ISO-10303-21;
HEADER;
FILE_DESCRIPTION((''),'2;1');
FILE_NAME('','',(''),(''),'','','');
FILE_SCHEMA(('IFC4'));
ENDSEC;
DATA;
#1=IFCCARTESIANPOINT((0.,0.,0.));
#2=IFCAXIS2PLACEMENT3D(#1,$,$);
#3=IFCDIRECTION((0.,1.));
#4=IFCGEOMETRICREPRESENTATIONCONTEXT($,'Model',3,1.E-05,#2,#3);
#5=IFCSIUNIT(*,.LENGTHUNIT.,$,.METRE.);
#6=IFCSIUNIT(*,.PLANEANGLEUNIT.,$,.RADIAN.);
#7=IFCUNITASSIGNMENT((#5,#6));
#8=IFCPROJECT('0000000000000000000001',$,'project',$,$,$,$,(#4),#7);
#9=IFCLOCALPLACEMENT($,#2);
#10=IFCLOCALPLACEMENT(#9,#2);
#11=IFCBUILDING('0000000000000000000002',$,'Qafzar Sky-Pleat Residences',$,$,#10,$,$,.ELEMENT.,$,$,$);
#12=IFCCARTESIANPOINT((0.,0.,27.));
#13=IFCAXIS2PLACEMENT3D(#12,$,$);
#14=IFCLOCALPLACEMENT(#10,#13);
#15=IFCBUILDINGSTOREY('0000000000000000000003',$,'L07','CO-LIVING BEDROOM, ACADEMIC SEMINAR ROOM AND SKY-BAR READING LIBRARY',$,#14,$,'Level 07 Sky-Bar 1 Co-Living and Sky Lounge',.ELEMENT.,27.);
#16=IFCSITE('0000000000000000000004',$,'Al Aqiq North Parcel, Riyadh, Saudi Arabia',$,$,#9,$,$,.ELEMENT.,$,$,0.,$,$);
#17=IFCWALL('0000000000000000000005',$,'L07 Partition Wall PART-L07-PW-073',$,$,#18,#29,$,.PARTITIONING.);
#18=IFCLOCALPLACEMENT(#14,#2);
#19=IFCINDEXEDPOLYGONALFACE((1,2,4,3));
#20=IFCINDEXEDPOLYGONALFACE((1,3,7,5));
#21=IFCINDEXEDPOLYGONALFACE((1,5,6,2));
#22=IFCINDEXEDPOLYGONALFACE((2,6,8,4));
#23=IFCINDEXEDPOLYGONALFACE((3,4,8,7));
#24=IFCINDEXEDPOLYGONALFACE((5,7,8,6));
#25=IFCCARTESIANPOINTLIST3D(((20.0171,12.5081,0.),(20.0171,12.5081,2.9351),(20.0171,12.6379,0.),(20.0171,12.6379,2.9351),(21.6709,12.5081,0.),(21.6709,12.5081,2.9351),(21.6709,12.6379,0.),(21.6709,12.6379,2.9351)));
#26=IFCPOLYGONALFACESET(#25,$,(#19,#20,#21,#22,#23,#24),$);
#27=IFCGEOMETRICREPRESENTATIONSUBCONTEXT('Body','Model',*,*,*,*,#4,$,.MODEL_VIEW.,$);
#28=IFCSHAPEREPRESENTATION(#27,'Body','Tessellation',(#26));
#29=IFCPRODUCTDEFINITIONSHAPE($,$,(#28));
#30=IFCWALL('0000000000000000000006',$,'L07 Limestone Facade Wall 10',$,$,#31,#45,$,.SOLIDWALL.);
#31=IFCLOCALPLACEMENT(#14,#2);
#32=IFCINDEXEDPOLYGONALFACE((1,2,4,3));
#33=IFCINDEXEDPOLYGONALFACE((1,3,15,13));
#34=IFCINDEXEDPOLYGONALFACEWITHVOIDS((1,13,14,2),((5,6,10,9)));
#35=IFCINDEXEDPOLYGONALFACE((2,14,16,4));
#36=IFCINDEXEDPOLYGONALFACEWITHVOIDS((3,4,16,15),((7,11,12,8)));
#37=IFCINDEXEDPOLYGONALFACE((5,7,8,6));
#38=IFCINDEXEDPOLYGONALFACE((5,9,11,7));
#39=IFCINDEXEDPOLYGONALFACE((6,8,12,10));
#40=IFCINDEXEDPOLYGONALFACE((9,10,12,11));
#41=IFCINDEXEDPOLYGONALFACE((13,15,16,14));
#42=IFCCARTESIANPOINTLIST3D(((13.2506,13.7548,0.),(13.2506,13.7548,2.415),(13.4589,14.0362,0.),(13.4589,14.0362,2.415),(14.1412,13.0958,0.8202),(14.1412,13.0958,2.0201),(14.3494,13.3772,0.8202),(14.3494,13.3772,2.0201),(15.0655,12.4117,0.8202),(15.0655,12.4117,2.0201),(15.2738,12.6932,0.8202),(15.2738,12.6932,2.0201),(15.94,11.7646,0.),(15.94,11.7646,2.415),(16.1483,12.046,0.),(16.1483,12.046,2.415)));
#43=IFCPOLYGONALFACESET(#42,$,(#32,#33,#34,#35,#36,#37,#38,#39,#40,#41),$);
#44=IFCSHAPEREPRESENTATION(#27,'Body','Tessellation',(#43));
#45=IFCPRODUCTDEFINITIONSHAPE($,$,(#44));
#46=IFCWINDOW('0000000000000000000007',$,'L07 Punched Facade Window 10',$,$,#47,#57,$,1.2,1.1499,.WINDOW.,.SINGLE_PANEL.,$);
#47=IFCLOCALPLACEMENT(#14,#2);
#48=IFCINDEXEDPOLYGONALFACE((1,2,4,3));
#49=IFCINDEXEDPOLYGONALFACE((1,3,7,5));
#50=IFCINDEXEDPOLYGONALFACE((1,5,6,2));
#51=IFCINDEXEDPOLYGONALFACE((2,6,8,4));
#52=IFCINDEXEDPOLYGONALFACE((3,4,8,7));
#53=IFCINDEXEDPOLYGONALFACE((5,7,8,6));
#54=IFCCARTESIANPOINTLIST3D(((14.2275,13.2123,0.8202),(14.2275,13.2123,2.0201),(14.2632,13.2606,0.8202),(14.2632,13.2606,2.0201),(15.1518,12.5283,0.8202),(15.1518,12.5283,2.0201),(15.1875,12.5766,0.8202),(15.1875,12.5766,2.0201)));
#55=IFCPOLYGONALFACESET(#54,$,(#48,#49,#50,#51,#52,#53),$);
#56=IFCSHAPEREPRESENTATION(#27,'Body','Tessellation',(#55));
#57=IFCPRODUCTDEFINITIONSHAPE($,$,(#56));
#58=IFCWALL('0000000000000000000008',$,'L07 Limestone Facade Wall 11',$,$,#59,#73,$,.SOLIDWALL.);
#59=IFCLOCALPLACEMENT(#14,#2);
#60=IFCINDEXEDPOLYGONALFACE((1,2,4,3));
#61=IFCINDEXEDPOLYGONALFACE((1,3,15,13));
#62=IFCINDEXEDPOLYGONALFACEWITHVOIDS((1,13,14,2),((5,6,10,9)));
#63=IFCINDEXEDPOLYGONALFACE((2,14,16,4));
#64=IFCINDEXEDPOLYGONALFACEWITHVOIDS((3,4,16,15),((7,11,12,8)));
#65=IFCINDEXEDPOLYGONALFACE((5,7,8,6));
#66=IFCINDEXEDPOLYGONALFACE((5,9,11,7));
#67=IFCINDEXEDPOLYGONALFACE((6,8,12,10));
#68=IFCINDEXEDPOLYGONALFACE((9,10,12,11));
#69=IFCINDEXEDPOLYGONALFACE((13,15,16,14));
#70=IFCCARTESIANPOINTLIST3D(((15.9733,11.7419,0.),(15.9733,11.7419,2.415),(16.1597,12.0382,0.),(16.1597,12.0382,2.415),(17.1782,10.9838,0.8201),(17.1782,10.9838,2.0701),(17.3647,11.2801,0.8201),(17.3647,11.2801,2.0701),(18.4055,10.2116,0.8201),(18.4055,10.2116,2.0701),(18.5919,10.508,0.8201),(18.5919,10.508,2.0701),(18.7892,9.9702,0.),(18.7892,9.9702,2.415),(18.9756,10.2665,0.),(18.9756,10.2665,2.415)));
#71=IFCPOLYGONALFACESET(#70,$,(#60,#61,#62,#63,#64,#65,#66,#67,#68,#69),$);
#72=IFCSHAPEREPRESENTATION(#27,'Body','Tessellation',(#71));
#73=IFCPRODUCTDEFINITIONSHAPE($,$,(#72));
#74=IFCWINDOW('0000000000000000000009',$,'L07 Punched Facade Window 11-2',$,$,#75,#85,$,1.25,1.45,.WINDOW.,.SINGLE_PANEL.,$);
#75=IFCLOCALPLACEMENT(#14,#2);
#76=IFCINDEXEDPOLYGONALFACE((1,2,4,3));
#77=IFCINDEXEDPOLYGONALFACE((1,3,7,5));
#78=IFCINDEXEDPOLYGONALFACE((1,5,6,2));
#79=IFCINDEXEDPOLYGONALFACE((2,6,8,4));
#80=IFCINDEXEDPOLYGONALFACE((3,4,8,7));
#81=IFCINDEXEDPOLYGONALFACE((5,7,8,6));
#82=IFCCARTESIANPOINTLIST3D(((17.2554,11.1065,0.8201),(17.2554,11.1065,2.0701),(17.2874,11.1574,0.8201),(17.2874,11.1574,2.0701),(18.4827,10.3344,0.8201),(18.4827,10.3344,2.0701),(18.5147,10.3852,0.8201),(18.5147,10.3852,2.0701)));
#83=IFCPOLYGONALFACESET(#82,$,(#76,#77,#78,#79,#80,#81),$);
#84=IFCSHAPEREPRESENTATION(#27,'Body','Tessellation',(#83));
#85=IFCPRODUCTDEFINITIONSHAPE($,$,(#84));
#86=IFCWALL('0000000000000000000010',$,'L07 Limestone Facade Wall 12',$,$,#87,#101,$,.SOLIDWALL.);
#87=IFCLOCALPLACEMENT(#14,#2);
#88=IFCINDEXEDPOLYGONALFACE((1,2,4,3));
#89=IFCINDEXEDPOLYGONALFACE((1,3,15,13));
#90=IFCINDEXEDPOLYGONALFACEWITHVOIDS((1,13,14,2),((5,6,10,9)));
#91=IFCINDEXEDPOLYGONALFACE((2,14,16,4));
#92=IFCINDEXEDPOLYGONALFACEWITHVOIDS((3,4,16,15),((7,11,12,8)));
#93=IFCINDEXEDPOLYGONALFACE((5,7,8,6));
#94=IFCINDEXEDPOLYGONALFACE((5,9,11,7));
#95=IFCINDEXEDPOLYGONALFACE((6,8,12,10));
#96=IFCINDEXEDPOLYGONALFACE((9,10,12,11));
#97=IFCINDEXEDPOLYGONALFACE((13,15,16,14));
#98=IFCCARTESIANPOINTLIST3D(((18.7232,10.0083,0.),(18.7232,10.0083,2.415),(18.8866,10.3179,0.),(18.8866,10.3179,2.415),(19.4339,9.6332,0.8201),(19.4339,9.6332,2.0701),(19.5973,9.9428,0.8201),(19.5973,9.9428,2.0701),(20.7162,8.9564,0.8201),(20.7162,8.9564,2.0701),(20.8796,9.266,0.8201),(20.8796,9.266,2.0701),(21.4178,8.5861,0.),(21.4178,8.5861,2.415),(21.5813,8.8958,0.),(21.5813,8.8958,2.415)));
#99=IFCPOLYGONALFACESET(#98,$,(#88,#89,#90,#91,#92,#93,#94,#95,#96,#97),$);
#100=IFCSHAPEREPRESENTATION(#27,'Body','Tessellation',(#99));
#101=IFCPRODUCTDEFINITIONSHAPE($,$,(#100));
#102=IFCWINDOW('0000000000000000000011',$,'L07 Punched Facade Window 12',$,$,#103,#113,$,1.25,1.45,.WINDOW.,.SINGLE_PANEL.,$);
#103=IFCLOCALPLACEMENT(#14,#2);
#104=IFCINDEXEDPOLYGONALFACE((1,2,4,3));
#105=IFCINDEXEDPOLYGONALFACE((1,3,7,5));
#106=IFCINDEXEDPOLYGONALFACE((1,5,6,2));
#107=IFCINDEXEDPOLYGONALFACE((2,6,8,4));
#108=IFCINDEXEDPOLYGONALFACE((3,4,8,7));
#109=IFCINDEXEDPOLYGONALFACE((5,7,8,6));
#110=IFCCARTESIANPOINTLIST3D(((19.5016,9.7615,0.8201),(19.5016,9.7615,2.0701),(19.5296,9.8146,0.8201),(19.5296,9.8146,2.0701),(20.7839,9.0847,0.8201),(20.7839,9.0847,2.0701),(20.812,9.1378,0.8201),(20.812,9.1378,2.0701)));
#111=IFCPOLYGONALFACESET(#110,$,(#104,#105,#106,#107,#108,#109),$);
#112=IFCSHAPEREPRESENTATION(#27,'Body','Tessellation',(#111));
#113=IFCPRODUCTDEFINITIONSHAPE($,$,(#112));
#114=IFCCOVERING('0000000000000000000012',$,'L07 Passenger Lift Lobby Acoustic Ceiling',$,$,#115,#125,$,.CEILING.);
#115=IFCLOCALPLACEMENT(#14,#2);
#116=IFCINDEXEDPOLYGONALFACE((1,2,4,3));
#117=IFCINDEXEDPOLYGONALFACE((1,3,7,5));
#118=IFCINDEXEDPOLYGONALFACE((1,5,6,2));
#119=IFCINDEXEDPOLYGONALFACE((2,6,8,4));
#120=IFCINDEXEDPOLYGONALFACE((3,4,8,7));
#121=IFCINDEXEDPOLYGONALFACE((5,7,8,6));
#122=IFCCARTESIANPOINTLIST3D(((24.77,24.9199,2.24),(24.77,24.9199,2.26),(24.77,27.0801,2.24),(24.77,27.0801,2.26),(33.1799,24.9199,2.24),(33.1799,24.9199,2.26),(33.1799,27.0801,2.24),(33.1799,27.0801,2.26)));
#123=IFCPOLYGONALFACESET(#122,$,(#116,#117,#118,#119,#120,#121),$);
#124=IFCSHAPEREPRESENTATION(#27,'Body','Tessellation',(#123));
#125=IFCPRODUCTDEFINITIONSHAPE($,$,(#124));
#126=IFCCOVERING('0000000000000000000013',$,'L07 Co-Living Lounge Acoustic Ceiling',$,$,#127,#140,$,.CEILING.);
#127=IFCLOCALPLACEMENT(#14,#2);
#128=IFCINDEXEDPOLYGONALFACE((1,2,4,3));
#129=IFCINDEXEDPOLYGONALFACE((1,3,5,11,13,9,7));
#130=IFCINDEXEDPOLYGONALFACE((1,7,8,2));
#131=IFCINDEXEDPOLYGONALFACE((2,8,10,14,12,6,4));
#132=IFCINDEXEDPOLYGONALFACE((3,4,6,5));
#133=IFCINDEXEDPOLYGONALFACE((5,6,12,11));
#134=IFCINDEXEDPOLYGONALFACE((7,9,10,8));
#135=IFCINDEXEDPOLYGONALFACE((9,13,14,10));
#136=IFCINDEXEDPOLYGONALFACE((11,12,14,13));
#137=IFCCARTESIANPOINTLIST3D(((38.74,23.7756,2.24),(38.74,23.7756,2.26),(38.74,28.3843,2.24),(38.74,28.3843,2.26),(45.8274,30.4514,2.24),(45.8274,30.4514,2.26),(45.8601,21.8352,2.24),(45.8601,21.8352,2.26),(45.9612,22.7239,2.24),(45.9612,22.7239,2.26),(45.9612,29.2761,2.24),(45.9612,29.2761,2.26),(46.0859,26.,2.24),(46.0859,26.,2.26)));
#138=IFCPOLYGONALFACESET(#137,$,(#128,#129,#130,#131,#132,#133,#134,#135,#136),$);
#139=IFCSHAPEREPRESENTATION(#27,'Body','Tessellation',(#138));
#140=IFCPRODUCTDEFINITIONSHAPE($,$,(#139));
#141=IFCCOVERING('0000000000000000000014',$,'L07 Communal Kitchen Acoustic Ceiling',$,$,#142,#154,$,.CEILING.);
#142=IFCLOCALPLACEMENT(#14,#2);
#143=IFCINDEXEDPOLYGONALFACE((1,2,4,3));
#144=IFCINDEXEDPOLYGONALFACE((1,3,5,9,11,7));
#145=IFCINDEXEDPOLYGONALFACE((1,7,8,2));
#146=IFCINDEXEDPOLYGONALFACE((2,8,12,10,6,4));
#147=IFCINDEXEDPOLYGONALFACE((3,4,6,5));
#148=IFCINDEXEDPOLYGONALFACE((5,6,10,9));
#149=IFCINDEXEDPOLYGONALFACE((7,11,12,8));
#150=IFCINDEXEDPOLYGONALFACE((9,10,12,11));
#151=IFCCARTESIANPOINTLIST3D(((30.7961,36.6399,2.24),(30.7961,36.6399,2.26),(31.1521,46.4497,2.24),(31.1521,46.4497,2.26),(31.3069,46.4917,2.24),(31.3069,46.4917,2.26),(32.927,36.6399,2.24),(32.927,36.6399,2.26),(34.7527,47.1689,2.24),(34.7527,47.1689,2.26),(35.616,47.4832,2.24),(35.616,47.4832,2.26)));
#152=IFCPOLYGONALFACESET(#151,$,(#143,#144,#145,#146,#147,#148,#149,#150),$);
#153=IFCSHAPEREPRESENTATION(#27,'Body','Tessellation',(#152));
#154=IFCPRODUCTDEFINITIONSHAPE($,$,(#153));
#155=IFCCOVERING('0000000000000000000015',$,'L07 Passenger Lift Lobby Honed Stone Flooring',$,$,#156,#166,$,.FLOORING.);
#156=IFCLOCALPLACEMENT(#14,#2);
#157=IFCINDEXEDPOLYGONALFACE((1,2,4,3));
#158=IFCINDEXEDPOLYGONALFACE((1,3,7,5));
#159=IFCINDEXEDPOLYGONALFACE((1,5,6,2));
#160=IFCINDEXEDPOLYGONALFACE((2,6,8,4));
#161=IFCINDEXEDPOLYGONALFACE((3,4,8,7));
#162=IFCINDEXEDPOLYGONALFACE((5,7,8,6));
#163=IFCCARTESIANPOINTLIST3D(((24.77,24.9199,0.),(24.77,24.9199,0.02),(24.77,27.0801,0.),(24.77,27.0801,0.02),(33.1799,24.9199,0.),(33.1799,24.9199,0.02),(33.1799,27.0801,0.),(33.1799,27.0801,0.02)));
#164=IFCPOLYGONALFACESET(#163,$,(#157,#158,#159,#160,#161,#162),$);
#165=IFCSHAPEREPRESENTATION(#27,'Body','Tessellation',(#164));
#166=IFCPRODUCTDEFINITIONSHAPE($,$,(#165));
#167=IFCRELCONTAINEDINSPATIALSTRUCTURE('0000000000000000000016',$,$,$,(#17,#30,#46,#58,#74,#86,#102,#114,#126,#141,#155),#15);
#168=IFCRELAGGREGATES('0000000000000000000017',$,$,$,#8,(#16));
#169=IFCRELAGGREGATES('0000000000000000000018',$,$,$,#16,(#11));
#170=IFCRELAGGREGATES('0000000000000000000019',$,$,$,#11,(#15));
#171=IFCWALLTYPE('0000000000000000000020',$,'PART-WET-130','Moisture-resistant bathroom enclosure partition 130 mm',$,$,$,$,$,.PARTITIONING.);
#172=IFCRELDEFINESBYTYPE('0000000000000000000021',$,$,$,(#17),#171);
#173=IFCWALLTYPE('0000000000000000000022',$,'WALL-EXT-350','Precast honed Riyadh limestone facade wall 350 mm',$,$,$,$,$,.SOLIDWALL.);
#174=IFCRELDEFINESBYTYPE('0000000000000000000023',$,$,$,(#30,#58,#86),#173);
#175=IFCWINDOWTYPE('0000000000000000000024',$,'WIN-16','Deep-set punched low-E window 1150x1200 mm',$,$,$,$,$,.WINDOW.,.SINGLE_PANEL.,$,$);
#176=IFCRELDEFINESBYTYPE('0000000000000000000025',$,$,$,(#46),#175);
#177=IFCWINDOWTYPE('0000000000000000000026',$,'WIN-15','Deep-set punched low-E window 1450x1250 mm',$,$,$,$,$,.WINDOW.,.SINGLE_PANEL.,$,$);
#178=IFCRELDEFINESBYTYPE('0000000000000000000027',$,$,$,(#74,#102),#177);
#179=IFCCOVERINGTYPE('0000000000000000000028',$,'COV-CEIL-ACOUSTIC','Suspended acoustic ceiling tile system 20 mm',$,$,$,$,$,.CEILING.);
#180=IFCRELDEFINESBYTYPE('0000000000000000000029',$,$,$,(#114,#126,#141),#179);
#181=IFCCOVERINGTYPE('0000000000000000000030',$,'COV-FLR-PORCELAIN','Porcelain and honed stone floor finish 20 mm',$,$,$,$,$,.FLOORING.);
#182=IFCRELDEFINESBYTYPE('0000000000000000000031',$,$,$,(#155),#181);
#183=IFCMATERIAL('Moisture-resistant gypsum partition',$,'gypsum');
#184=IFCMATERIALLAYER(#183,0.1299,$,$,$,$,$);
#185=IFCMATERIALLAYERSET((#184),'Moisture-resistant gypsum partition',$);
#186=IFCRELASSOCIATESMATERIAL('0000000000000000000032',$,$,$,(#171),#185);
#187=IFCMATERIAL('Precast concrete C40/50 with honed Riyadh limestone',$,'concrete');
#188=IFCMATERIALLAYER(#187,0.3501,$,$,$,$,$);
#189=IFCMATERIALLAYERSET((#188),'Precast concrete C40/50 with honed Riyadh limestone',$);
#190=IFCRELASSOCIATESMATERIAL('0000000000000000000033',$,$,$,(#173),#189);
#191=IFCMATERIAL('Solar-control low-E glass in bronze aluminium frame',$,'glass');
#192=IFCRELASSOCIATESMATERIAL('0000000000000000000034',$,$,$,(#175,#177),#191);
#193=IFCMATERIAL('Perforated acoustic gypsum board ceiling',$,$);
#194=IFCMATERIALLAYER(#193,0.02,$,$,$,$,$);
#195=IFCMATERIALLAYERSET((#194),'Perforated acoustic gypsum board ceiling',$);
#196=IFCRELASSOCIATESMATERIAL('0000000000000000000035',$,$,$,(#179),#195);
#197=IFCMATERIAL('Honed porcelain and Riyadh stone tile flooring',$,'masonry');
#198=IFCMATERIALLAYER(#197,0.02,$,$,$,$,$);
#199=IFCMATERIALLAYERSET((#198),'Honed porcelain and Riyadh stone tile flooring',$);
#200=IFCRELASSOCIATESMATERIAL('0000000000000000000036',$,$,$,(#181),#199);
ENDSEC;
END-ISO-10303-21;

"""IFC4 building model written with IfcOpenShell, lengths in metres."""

from ifc_helpers import new_model, si_unit, direction, frame, frame_2d, origin, place, context, subcontext, project, spatial, polyline, rectangle, outline, extrude, source, transform, mapped, material, layer, layer_set, type_object, element, fill, save


model = new_model("IFC4")

# Units and contexts
model_context = context("Model", 3, precision=1e-05, world=origin(), true_north=direction((0.0, 1.0)))
body_context = subcontext(model_context, "Body", "Model", "MODEL_VIEW")
ifc_project = project(units=[si_unit("LENGTHUNIT", "METRE"), si_unit("PLANEANGLEUNIT", "RADIAN")], contexts=[model_context])

# Site, building, storey
site_placement = place(None, origin())
site = spatial("IfcSite", under=ifc_project, at=site_placement, Name="Al Aqiq North Parcel, Riyadh, Saudi Arabia", CompositionType="ELEMENT", RefElevation=0.0)
building_placement = place(site_placement, origin())
building = spatial("IfcBuilding", under=site, at=building_placement, Name="Qafzar Sky-Pleat Residences", CompositionType="ELEMENT")
storey_placement = place(building_placement, frame((0.0, 0.0, 27.0)))
storey = spatial("IfcBuildingStorey", under=building, at=storey_placement, Name="L07", Description="CO-LIVING BEDROOM, ACADEMIC SEMINAR ROOM AND SKY-BAR READING LIBRARY", LongName="Level 07 Sky-Bar 1 Co-Living and Sky Lounge", CompositionType="ELEMENT", Elevation=27.0)

# Wall
ifc_material_1 = material(Name="Moisture-resistant gypsum partition", Category="gypsum")
ifc_layer_1 = layer(ifc_material_1, 0.1299)
ifc_layer_set_1 = layer_set([ifc_layer_1], Name="Moisture-resistant gypsum partition")
wall_type_1 = type_object("IfcWallType", Name="PART-WET-130", Description="Moisture-resistant bathroom enclosure partition 130 mm", PredefinedType="PARTITIONING", material=ifc_layer_set_1)
wall_1_placement = place(storey_placement, frame((20.0171, 12.573, 0.0), z_axis=(0.0, 0.0, 1.0), x_axis=(1.0, 0.0, 0.0)))
element("IfcWall", 1, at=wall_1_placement, inside=storey, type_object=wall_type_1, Name="L07 Partition Wall PART-L07-PW-073", PredefinedType="PARTITIONING", context=body_context, shape_type="SweptSolid", body=[
    extrude(rectangle(XDim=1.6538, YDim=0.1299, at=frame_2d((0.8269, 0.0))), origin(), (0.0, 0.0, 1.0), 2.9351),
])

# Walls, openings, windows
ifc_material_2 = material(Name="Precast concrete C40/50 with honed Riyadh limestone", Category="concrete")
ifc_layer_2 = layer(ifc_material_2, 0.3501)
ifc_layer_set_2 = layer_set([ifc_layer_2], Name="Precast concrete C40/50 with honed Riyadh limestone")
wall_type_2 = type_object("IfcWallType", Name="WALL-EXT-350", Description="Precast honed Riyadh limestone facade wall 350 mm", PredefinedType="SOLIDWALL", material=ifc_layer_set_2)
wall_2_placement = place(storey_placement, frame((13.3547, 13.8955, 0.0), z_axis=(0.0, 0.0, 1.0), x_axis=(0.803836, -0.594851, 0.0)))
wall_2 = element("IfcWall", 2, at=wall_2_placement, inside=storey, type_object=wall_type_2, Name="L07 Limestone Facade Wall 10", PredefinedType="SOLIDWALL", context=body_context, shape_type="SweptSolid", body=[
    extrude(rectangle(XDim=3.3457, YDim=0.3501, at=frame_2d((1.6729, 0.0))), origin(), (0.0, 0.0, 1.0), 2.415),
])
opening_1_placement = place(wall_2_placement, frame((1.1079, 0.0, 0.8201)))
opening_1 = element("IfcOpeningElement", 3, at=opening_1_placement, cuts=wall_2, PredefinedType="OPENING", context=body_context, shape_type="SweptSolid", body=[
    extrude(rectangle(XDim=1.1499, YDim=1.2, at=frame_2d((0.575, 0.6001))), frame((0.0, 0.1851, 0.0), z_axis=(0.0, -1.0, 0.0), x_axis=(1.0, 0.0, 0.0)), (0.0, 0.0, 1.0), 0.3701),
])
ifc_material_3 = material(Name="Solar-control low-E glass in bronze aluminium frame", Category="glass")
window_type_1 = type_object("IfcWindowType", Name="WIN-16", Description="Deep-set punched low-E window 1150x1200 mm", PartitioningType="SINGLE_PANEL", PredefinedType="WINDOW", material=ifc_material_3)
shared_shape_1 = source(origin(), body_context, "Body", "SweptSolid", [
    extrude(rectangle(XDim=1.1499, YDim=1.2, at=frame_2d((0.575, 0.6001))), frame((0.0, 0.03, 0.0), z_axis=(0.0, -1.0, 0.0), x_axis=(1.0, 0.0, 0.0)), (0.0, 0.0, 1.0), 0.0601),
])
window_1_placement = place(opening_1_placement, origin())
window_1 = element("IfcWindow", 4, at=window_1_placement, inside=storey, type_object=window_type_1, Name="L07 Punched Facade Window 10", OverallHeight=1.2, OverallWidth=1.1499, PartitioningType="SINGLE_PANEL", PredefinedType="WINDOW", context=body_context, shape_type="MappedRepresentation", body=[
    mapped(shared_shape_1, transform((0.0, 0.0, 0.0), x_axis=(1.0, 0.0, 0.0), y_axis=(0.0, 1.0, 0.0), z_axis=(0.0, 0.0, 1.0), scale=1.0)),
])
fill(opening_1, window_1)
wall_3_placement = place(storey_placement, frame((16.0664, 11.8901, 0.0), z_axis=(0.0, 0.0, 1.0), x_axis=(0.846403, -0.532543, 0.0)))
wall_3 = element("IfcWall", 5, at=wall_3_placement, inside=storey, type_object=wall_type_2, Name="L07 Limestone Facade Wall 11", PredefinedType="SOLIDWALL", context=body_context, shape_type="SweptSolid", body=[
    extrude(rectangle(XDim=3.3269, YDim=0.3501, at=frame_2d((1.6636, 0.0))), origin(), (0.0, 0.0, 1.0), 2.415),
])
opening_2_placement = place(wall_3_placement, frame((1.4236, 0.0, 0.8201)))
opening_2 = element("IfcOpeningElement", 6, at=opening_2_placement, cuts=wall_3, PredefinedType="OPENING", context=body_context, shape_type="SweptSolid", body=[
    extrude(rectangle(XDim=1.45, YDim=1.25, at=frame_2d((0.7251, 0.625))), frame((0.0, 0.1851, 0.0), z_axis=(0.0, -1.0, 0.0), x_axis=(1.0, 0.0, 0.0)), (0.0, 0.0, 1.0), 0.3701),
])
window_type_2 = type_object("IfcWindowType", Name="WIN-15", Description="Deep-set punched low-E window 1450x1250 mm", PartitioningType="SINGLE_PANEL", PredefinedType="WINDOW", material=ifc_material_3)
shared_shape_2 = source(origin(), body_context, "Body", "SweptSolid", [
    extrude(rectangle(XDim=1.45, YDim=1.25, at=frame_2d((0.7251, 0.625))), frame((0.0, 0.03, 0.0), z_axis=(0.0, -1.0, 0.0), x_axis=(1.0, 0.0, 0.0)), (0.0, 0.0, 1.0), 0.0601),
])
window_2_placement = place(opening_2_placement, origin())
window_2 = element("IfcWindow", 7, at=window_2_placement, inside=storey, type_object=window_type_2, Name="L07 Punched Facade Window 11-2", OverallHeight=1.25, OverallWidth=1.45, PartitioningType="SINGLE_PANEL", PredefinedType="WINDOW", context=body_context, shape_type="MappedRepresentation", body=[
    mapped(shared_shape_2, transform((0.0, 0.0, 0.0), x_axis=(1.0, 0.0, 0.0), y_axis=(0.0, 1.0, 0.0), z_axis=(0.0, 0.0, 1.0), scale=1.0)),
])
fill(opening_2, window_2)
wall_4_placement = place(storey_placement, frame((18.8049, 10.1631, 0.0), z_axis=(0.0, 0.0, 1.0), x_axis=(0.884388, -0.466753, 0.0)))
wall_4 = element("IfcWall", 8, at=wall_4_placement, inside=storey, type_object=wall_type_2, Name="L07 Limestone Facade Wall 12", PredefinedType="SOLIDWALL", context=body_context, shape_type="SweptSolid", body=[
    extrude(rectangle(XDim=3.0469, YDim=0.3501, at=frame_2d((1.5234, 0.0))), origin(), (0.0, 0.0, 1.0), 2.415),
])
opening_3_placement = place(wall_4_placement, frame((0.8035, 0.0, 0.8201)))
opening_3 = element("IfcOpeningElement", 9, at=opening_3_placement, cuts=wall_4, PredefinedType="OPENING", context=body_context, shape_type="SweptSolid", body=[
    extrude(rectangle(XDim=1.45, YDim=1.25, at=frame_2d((0.7251, 0.625))), frame((0.0, 0.1851, 0.0), z_axis=(0.0, -1.0, 0.0), x_axis=(1.0, 0.0, 0.0)), (0.0, 0.0, 1.0), 0.3701),
])
window_3_placement = place(opening_3_placement, origin())
window_3 = element("IfcWindow", 10, at=window_3_placement, inside=storey, type_object=window_type_2, Name="L07 Punched Facade Window 12", OverallHeight=1.25, OverallWidth=1.45, PartitioningType="SINGLE_PANEL", PredefinedType="WINDOW", context=body_context, shape_type="MappedRepresentation", body=[
    mapped(shared_shape_2, transform((0.0, 0.0, 0.0), x_axis=(1.0, 0.0, 0.0), y_axis=(0.0, 1.0, 0.0), z_axis=(0.0, 0.0, 1.0), scale=1.0)),
])
fill(opening_3, window_3)

# Coverings
ifc_material_4 = material(Name="Perforated acoustic gypsum board ceiling")
ifc_layer_3 = layer(ifc_material_4, 0.02)
ifc_layer_set_3 = layer_set([ifc_layer_3], Name="Perforated acoustic gypsum board ceiling")
covering_type_1 = type_object("IfcCoveringType", Name="COV-CEIL-ACOUSTIC", Description="Suspended acoustic ceiling tile system 20 mm", PredefinedType="CEILING", material=ifc_layer_set_3)
covering_1_placement = place(storey_placement, frame((0.0, 0.0, 2.24)))
element("IfcCovering", 11, at=covering_1_placement, inside=storey, type_object=covering_type_1, Name="L07 Passenger Lift Lobby Acoustic Ceiling", PredefinedType="CEILING", context=body_context, shape_type="SweptSolid", body=[
    extrude(outline(polyline([(33.1799, 24.9199), (24.77, 24.9199), (24.77, 27.0801), (33.1799, 27.0801), (33.1799, 24.9199)])), origin(), (0.0, 0.0, 1.0), 0.02),
])
covering_2_placement = place(storey_placement, frame((0.0, 0.0, 2.24)))
element("IfcCovering", 12, at=covering_2_placement, inside=storey, type_object=covering_type_1, Name="L07 Co-Living Lounge Acoustic Ceiling", PredefinedType="CEILING", context=body_context, shape_type="SweptSolid", body=[
    extrude(outline(polyline([(45.9612, 29.2761), (46.0859, 26.0), (45.9612, 22.7239), (45.8601, 21.8352), (38.74, 23.7756), (38.74, 28.3843), (45.8274, 30.4514), (45.9612, 29.2761)])), origin(), (0.0, 0.0, 1.0), 0.02),
])
covering_3_placement = place(storey_placement, frame((0.0, 0.0, 2.24)))
element("IfcCovering", 13, at=covering_3_placement, inside=storey, type_object=covering_type_1, Name="L07 Communal Kitchen Acoustic Ceiling", PredefinedType="CEILING", context=body_context, shape_type="SweptSolid", body=[
    extrude(outline(polyline([(34.7527, 47.1689), (35.616, 47.4832), (32.927, 36.6399), (30.7961, 36.6399), (31.1521, 46.4497), (31.3069, 46.4917), (34.7527, 47.1689)])), origin(), (0.0, 0.0, 1.0), 0.02),
])
ifc_material_5 = material(Name="Honed porcelain and Riyadh stone tile flooring", Category="masonry")
ifc_layer_4 = layer(ifc_material_5, 0.02)
ifc_layer_set_4 = layer_set([ifc_layer_4], Name="Honed porcelain and Riyadh stone tile flooring")
covering_type_2 = type_object("IfcCoveringType", Name="COV-FLR-PORCELAIN", Description="Porcelain and honed stone floor finish 20 mm", PredefinedType="FLOORING", material=ifc_layer_set_4)
covering_4_placement = place(storey_placement, origin())
element("IfcCovering", 14, at=covering_4_placement, inside=storey, type_object=covering_type_2, Name="L07 Passenger Lift Lobby Honed Stone Flooring", PredefinedType="FLOORING", context=body_context, shape_type="SweptSolid", body=[
    extrude(outline(polyline([(33.1799, 24.9199), (24.77, 24.9199), (24.77, 27.0801), (33.1799, 27.0801), (33.1799, 24.9199)])), origin(), (0.0, 0.0, 1.0), 0.02),
])

save(model, "model.ifc")
